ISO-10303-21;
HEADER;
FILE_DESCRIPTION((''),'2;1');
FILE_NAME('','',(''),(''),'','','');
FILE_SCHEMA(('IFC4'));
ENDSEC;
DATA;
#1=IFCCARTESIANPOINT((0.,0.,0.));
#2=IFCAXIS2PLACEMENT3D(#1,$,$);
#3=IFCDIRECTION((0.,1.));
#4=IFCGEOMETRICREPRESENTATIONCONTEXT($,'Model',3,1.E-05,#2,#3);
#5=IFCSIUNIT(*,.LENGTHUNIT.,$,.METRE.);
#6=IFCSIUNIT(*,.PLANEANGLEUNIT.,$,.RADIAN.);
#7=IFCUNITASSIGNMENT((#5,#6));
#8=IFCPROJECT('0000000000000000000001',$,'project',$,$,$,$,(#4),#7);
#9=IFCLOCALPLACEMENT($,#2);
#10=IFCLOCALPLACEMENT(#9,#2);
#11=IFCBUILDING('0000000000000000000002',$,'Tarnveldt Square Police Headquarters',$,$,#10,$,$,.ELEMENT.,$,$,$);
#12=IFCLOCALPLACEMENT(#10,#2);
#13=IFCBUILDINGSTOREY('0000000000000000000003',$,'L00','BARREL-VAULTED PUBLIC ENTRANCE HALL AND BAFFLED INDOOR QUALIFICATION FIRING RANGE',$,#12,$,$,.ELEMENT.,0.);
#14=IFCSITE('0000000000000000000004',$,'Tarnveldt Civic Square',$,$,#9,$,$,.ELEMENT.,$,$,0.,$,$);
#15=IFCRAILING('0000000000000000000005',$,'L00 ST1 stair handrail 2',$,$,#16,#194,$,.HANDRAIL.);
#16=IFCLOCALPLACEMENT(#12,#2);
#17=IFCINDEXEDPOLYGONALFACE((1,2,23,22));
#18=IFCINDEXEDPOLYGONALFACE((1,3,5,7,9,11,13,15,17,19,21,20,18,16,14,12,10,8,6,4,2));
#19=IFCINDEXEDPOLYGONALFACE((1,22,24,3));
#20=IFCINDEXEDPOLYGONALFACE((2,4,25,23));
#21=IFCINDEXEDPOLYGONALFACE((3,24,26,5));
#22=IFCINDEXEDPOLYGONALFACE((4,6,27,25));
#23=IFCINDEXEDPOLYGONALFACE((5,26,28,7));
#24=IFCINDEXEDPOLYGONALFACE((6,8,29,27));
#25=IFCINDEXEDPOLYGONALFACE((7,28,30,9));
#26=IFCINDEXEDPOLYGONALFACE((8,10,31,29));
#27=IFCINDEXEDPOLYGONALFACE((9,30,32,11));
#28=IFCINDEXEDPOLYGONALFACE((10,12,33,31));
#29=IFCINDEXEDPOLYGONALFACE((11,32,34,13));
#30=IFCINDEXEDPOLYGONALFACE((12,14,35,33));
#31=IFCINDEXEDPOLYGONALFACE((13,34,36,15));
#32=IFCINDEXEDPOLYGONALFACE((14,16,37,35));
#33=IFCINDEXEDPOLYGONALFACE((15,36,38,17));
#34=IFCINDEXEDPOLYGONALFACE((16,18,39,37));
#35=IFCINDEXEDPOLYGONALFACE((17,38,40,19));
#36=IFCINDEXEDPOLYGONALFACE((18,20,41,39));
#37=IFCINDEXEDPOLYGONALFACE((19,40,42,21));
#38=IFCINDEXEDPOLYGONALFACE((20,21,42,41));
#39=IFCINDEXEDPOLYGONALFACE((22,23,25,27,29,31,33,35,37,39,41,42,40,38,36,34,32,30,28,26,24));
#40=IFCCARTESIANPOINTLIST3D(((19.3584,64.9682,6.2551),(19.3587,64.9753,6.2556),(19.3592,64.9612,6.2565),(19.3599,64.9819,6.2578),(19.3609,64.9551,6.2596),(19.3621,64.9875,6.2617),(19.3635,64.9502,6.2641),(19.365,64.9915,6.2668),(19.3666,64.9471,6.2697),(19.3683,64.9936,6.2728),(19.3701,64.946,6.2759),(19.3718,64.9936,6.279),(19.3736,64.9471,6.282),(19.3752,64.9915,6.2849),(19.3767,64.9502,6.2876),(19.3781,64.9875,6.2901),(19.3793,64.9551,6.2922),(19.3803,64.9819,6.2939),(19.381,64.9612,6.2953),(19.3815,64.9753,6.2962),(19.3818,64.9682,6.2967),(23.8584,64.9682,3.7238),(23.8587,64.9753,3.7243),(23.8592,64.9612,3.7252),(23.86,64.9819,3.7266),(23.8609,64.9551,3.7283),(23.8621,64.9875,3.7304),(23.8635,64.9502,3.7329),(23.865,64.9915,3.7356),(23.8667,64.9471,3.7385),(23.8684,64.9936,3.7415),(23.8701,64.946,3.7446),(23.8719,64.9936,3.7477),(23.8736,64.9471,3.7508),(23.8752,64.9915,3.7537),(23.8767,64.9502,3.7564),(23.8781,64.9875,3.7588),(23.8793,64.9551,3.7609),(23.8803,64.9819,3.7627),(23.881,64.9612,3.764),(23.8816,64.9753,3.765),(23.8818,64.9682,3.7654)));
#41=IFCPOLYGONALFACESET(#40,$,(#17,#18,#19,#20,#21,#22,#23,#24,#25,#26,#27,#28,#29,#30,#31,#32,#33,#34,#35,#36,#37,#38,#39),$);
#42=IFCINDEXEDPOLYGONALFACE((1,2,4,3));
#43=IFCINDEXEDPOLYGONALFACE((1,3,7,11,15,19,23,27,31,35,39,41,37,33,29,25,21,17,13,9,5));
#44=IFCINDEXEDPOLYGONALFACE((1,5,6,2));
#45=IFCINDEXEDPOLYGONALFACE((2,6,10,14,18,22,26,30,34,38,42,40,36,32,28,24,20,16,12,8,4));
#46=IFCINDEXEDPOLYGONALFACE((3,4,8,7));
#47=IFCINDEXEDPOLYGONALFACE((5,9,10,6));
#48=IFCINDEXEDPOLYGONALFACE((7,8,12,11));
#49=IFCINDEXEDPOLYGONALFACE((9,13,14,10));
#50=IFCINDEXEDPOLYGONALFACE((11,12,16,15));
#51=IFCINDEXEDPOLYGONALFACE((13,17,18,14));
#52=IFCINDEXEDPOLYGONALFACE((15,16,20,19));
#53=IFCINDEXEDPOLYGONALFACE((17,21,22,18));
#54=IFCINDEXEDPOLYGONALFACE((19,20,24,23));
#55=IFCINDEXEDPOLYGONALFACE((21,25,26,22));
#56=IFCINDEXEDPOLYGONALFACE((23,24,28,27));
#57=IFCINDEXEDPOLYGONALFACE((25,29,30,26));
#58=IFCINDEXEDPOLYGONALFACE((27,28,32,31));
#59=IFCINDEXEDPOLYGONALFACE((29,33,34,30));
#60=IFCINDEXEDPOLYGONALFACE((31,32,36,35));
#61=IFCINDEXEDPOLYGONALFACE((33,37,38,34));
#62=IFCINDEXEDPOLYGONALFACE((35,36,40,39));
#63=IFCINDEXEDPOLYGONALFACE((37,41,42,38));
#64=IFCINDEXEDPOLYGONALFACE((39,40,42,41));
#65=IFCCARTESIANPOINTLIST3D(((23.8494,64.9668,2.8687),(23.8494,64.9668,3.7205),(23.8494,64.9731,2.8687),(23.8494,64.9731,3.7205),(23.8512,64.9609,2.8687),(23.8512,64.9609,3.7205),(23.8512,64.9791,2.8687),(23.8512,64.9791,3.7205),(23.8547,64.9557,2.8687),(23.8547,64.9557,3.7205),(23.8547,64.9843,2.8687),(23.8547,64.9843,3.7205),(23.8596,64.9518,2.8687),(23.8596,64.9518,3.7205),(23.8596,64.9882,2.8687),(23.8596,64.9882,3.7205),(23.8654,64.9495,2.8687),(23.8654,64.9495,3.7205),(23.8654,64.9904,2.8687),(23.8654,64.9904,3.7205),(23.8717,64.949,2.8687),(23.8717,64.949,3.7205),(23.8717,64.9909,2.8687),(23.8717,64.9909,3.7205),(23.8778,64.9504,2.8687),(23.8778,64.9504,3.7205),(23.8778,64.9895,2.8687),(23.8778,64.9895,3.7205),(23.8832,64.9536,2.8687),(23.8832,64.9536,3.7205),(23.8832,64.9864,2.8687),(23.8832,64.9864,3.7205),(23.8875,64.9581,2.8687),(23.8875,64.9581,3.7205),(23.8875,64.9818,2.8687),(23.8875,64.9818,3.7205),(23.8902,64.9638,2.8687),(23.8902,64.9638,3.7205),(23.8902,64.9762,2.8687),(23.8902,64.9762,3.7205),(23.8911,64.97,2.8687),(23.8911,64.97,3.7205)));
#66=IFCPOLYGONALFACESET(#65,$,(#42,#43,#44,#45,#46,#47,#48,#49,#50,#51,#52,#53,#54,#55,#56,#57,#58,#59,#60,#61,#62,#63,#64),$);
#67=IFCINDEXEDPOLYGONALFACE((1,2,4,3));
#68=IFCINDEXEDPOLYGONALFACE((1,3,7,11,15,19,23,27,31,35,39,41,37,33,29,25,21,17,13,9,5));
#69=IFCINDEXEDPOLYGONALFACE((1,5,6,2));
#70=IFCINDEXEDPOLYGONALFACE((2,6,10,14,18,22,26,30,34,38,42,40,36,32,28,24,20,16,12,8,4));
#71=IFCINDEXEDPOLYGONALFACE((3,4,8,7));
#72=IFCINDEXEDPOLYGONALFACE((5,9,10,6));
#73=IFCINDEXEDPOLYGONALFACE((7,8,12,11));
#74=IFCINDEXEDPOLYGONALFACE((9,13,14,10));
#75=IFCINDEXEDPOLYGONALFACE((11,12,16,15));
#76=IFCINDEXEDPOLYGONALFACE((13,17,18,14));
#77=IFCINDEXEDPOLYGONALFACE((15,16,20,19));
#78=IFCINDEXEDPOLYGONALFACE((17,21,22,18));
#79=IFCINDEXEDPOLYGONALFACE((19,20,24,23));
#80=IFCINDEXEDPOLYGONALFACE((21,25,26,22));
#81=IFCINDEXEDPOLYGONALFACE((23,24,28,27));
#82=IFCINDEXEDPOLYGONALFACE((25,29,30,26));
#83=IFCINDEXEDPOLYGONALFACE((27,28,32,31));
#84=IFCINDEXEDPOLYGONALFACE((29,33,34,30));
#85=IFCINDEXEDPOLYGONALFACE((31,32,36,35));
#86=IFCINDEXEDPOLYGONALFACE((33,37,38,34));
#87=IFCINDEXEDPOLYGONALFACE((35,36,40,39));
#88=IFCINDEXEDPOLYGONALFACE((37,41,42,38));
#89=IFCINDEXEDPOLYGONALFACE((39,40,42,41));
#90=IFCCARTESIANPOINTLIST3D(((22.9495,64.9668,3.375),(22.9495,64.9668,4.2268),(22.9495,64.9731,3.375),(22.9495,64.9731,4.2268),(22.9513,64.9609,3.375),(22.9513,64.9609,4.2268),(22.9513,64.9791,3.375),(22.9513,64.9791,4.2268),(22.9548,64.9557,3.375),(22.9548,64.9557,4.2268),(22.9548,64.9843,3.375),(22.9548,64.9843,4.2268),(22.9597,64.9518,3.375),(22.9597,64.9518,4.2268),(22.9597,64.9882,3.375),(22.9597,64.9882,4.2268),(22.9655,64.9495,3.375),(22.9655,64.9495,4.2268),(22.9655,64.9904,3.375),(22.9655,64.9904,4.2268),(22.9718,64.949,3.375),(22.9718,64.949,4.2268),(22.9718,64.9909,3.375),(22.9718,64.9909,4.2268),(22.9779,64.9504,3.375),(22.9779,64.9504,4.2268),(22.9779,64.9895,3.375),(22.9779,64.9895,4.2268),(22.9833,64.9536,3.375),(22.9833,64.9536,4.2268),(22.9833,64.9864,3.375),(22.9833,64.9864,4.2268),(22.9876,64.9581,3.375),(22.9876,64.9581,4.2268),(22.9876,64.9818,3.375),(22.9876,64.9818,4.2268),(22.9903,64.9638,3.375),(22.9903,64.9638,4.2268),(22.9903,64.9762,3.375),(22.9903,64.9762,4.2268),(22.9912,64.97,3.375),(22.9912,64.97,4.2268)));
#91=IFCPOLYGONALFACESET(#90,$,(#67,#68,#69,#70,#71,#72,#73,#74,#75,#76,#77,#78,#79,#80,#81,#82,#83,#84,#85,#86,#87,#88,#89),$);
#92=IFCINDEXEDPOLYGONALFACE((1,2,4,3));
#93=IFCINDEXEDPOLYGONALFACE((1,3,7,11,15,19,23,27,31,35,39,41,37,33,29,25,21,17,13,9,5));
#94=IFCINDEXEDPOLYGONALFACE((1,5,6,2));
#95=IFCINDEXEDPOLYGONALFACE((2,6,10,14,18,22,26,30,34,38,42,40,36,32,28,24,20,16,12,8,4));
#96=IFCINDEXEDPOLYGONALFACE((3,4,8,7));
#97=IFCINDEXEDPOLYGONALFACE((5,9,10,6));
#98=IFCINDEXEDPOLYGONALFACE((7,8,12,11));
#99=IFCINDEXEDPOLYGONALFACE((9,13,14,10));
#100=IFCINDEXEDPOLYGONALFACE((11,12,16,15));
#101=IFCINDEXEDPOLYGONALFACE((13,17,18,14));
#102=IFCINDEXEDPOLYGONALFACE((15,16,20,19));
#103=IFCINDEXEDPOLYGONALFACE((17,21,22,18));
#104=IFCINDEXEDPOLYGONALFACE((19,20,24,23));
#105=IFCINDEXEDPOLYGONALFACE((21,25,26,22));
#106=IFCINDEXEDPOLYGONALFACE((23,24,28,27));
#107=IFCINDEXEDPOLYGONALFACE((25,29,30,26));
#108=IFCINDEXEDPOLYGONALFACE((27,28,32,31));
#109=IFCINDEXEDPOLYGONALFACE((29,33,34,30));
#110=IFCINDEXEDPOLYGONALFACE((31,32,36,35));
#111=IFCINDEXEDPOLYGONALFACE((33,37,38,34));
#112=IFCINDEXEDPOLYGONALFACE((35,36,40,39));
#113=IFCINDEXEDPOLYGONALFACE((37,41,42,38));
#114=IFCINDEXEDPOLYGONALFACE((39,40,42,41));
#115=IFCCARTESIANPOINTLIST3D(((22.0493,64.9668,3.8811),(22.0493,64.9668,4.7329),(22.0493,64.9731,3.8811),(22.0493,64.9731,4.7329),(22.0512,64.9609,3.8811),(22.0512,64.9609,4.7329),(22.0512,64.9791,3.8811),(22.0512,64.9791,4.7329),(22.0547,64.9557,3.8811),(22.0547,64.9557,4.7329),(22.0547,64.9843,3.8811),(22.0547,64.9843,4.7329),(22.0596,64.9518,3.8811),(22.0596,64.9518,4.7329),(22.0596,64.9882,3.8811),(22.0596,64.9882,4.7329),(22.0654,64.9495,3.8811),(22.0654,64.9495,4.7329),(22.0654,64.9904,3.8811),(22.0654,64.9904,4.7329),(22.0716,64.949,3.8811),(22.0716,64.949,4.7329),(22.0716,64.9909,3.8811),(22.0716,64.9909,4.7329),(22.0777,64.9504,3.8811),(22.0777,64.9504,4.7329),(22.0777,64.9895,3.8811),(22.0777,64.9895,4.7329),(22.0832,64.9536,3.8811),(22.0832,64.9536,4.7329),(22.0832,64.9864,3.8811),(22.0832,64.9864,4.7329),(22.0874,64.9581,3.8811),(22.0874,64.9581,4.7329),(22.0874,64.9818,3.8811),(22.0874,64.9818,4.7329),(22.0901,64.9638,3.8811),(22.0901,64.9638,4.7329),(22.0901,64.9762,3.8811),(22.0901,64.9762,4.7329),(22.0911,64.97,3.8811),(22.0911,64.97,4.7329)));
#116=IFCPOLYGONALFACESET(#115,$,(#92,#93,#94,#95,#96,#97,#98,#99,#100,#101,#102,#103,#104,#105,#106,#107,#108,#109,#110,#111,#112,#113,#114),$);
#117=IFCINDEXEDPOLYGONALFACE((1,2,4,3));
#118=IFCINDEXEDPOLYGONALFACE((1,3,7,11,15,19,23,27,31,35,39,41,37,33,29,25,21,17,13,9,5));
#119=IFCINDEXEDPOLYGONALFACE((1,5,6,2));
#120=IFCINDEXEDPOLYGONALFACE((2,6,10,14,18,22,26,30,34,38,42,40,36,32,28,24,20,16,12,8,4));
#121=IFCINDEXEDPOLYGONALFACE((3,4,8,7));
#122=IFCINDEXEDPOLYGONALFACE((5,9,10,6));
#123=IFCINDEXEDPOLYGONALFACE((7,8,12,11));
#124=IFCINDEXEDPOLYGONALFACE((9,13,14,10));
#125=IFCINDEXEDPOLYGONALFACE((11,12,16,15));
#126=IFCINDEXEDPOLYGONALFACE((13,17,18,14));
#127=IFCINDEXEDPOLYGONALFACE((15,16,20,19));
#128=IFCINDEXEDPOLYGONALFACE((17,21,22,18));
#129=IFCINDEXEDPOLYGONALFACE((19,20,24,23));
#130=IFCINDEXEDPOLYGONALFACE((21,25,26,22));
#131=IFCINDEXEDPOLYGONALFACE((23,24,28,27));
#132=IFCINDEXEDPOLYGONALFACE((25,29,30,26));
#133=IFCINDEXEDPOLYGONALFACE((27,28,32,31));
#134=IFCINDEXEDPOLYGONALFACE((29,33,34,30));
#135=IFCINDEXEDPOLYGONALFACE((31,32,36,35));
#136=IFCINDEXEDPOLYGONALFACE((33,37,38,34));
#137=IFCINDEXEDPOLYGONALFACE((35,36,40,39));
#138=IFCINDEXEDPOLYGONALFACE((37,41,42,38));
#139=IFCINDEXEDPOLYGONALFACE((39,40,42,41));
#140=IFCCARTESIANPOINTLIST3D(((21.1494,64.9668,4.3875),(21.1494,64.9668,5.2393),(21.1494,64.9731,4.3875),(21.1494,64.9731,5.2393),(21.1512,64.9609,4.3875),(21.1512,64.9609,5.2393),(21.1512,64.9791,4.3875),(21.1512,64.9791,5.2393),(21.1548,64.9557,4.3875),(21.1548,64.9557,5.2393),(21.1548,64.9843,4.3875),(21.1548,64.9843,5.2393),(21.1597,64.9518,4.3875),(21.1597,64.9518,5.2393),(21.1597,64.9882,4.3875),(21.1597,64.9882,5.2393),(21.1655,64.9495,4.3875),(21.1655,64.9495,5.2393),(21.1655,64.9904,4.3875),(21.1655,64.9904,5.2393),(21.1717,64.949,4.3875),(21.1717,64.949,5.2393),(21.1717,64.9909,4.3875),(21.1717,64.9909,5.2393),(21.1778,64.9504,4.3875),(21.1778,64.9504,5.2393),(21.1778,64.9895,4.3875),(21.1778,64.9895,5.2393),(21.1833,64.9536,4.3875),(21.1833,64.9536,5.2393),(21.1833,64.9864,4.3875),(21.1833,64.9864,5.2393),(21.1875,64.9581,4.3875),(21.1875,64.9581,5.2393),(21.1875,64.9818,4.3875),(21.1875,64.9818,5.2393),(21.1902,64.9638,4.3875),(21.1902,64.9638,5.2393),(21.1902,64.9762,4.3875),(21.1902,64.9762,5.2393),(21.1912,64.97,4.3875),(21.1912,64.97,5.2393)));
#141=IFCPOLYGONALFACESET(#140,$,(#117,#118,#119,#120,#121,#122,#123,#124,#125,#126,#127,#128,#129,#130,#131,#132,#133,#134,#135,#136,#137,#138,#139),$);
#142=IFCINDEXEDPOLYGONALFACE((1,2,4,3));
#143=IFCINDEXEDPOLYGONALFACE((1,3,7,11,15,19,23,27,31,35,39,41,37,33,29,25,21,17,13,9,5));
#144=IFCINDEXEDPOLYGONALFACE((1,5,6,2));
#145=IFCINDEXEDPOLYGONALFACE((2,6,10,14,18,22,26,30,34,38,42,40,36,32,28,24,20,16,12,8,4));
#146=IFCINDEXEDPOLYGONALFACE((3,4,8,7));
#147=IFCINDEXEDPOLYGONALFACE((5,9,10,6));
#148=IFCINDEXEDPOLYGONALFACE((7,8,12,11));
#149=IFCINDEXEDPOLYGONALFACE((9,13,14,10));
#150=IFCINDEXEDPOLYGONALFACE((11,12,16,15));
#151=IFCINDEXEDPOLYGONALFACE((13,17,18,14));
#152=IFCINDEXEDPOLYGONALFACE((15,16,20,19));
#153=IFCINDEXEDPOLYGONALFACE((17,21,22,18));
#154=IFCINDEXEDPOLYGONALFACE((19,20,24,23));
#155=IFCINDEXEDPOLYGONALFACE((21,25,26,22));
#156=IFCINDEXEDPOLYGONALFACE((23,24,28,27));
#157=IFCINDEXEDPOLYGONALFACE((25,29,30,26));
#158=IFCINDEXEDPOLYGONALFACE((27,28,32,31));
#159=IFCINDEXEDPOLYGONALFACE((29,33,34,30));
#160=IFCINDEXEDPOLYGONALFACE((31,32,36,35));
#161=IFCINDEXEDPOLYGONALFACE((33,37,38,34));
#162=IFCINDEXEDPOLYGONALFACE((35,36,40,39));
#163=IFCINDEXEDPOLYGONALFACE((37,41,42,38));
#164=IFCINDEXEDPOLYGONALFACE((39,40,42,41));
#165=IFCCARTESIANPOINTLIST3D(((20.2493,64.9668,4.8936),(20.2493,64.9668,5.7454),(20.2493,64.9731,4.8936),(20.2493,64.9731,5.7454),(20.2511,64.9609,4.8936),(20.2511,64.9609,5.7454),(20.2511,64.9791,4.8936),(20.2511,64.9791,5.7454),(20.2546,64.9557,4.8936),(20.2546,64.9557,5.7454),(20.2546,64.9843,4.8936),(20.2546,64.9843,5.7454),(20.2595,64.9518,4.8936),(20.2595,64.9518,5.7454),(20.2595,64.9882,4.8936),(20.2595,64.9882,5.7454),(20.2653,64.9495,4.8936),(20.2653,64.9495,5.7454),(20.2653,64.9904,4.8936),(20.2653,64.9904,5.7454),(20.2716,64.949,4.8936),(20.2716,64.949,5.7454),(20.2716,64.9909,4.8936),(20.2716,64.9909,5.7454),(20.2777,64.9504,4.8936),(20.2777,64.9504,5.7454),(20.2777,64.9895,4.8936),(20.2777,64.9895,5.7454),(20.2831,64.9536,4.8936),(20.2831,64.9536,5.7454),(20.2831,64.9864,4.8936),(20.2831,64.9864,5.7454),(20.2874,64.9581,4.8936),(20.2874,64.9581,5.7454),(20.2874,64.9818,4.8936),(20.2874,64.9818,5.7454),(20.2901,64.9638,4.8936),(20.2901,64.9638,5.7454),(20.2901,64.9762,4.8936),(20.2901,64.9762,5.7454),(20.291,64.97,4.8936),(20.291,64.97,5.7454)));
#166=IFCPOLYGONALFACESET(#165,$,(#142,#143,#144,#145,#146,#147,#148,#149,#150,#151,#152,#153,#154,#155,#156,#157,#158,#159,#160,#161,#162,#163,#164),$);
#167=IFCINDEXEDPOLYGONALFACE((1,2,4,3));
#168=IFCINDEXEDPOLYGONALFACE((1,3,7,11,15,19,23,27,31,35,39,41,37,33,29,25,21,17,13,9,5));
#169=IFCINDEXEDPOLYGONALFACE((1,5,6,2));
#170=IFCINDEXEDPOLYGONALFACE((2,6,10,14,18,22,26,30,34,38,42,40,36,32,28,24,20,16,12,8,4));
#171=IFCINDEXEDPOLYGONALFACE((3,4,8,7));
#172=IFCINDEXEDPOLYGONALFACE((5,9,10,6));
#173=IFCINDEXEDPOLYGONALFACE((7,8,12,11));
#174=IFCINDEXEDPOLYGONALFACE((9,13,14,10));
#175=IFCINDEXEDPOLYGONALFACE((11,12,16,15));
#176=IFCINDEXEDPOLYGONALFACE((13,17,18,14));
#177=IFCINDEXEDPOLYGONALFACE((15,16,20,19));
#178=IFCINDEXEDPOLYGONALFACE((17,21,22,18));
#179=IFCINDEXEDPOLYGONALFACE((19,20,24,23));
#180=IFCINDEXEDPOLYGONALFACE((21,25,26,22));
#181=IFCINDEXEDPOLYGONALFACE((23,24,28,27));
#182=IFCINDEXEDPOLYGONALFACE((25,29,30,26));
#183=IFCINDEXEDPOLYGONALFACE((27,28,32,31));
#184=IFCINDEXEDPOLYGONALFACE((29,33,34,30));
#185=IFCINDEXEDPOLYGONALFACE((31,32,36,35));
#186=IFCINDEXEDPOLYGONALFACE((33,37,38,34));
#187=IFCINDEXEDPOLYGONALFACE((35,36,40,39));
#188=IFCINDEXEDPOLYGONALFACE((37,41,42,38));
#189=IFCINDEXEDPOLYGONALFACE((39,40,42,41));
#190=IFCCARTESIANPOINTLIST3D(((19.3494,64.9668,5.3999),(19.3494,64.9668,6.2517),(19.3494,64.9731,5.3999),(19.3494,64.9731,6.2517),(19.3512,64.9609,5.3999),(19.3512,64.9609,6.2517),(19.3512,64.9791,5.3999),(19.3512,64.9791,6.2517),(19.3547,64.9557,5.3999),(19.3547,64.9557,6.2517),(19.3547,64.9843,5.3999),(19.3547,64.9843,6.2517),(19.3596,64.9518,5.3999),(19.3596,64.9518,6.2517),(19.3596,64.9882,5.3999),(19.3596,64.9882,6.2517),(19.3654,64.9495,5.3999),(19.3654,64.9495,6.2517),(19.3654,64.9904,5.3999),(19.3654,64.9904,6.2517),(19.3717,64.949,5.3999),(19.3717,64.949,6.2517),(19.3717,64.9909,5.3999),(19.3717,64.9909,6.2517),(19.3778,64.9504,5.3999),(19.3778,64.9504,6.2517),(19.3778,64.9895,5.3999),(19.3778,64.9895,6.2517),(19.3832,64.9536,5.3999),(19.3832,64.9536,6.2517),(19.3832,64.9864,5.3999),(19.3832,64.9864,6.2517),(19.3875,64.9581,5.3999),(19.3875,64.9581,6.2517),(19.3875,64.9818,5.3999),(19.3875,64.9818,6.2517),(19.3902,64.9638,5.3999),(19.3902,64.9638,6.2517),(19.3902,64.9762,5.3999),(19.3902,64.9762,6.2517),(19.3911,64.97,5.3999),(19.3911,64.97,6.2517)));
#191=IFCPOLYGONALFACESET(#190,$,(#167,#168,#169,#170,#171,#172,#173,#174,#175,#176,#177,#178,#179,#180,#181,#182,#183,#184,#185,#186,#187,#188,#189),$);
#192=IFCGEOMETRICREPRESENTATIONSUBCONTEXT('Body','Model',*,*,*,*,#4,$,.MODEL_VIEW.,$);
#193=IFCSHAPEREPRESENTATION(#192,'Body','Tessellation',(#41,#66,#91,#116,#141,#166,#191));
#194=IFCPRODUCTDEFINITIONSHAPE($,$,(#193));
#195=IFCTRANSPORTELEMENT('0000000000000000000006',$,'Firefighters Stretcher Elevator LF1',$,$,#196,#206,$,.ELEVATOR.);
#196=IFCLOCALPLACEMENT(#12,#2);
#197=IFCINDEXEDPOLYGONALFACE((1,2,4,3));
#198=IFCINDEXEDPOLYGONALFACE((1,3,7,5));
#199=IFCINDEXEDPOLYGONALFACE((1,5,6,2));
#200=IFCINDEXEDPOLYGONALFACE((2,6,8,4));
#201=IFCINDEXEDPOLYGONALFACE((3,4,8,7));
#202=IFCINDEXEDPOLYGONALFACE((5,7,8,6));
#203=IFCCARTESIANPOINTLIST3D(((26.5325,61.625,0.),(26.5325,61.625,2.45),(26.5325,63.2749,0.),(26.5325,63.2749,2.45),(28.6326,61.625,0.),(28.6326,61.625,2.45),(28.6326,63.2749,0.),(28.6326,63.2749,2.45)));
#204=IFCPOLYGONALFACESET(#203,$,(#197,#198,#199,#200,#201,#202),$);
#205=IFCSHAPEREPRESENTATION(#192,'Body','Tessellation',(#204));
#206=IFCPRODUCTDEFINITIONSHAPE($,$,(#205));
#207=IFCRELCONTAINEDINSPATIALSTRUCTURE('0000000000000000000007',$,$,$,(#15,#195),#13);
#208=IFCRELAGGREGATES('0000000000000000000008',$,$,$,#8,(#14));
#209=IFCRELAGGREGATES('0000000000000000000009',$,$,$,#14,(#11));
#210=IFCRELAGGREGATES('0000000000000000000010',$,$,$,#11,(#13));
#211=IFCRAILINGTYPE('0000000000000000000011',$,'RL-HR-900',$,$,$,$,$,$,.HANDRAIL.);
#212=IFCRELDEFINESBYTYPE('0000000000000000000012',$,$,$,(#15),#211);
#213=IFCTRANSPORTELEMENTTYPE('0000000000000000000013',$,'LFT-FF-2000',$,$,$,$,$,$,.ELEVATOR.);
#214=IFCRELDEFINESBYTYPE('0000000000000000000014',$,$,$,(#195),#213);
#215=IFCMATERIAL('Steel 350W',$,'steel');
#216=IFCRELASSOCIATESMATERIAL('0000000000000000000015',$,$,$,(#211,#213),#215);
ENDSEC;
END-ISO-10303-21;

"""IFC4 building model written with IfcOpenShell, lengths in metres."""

from ifc_helpers import new_model, si_unit, direction, frame, origin, origin_2d, place, context, subcontext, project, spatial, rectangle, circle, extrude, material, type_object, element, save


model = new_model("IFC4")

# Units and contexts
model_context = context("Model", 3, precision=1e-05, world=origin(), true_north=direction((0.0, 1.0)))
body_context = subcontext(model_context, "Body", "Model", "MODEL_VIEW")
ifc_project = project(units=[si_unit("LENGTHUNIT", "METRE"), si_unit("PLANEANGLEUNIT", "RADIAN")], contexts=[model_context])

# Site, building, storey
site_placement = place(None, origin())
site = spatial("IfcSite", under=ifc_project, at=site_placement, Name="Tarnveldt Civic Square", CompositionType="ELEMENT", RefElevation=0.0)
building_placement = place(site_placement, origin())
building = spatial("IfcBuilding", under=site, at=building_placement, Name="Tarnveldt Square Police Headquarters", CompositionType="ELEMENT")
storey_placement = place(building_placement, origin())
storey = spatial("IfcBuildingStorey", under=building, at=storey_placement, Name="L00", Description="BARREL-VAULTED PUBLIC ENTRANCE HALL AND BAFFLED INDOOR QUALIFICATION FIRING RANGE", CompositionType="ELEMENT", Elevation=0.0)

# Railing
ifc_material_1 = material(Name="Steel 350W", Category="steel")
railing_type_1 = type_object("IfcRailingType", Name="RL-HR-900", PredefinedType="HANDRAIL", material=ifc_material_1)
railing_1_placement = place(storey_placement, frame((23.8701, 64.97, 2.8687)))
element("IfcRailing", 1, at=railing_1_placement, inside=storey, type_object=railing_type_1, Name="L00 ST1 stair handrail 2", PredefinedType="HANDRAIL", context=body_context, shape_type="SweptSolid", body=[
    extrude(circle(Radius=0.0239, at=origin_2d()), frame((0.0, 0.0, 0.876), z_axis=(-0.871576, 0.0, 0.490261), x_axis=(0.0, -1.0, 0.0)), (0.0, 0.0, 1.0), 5.1631),
    extrude(circle(Radius=0.021, at=origin_2d()), origin(), (0.0, 0.0, 1.0), 0.8518),
    extrude(circle(Radius=0.021, at=origin_2d()), frame((-0.8999, 0.0, 0.5063)), (0.0, 0.0, 1.0), 0.8518),
    extrude(circle(Radius=0.021, at=origin_2d()), frame((-1.8, 0.0, 1.0125)), (0.0, 0.0, 1.0), 0.8518),
    extrude(circle(Radius=0.021, at=origin_2d()), frame((-2.7, 0.0, 1.5188)), (0.0, 0.0, 1.0), 0.8518),
    extrude(circle(Radius=0.021, at=origin_2d()), frame((-3.6001, 0.0, 2.0249)), (0.0, 0.0, 1.0), 0.8518),
    extrude(circle(Radius=0.021, at=origin_2d()), frame((-4.5, 0.0, 2.5312)), (0.0, 0.0, 1.0), 0.8518),
])

# Transport element
transport_element_type_1 = type_object("IfcTransportElementType", Name="LFT-FF-2000", PredefinedType="ELEVATOR", material=ifc_material_1)
transport_element_1_placement = place(storey_placement, frame((27.5825, 62.45, 0.0), z_axis=(0.0, 0.0, 1.0), x_axis=(1.0, 0.0, 0.0)))
element("IfcTransportElement", 2, at=transport_element_1_placement, inside=storey, type_object=transport_element_type_1, Name="Firefighters Stretcher Elevator LF1", PredefinedType="ELEVATOR", context=body_context, shape_type="SweptSolid", body=[
    extrude(rectangle(XDim=2.1001, YDim=1.6499, at=origin_2d()), origin(), (0.0, 0.0, 1.0), 2.45),
])

save(model, "model.ifc")
